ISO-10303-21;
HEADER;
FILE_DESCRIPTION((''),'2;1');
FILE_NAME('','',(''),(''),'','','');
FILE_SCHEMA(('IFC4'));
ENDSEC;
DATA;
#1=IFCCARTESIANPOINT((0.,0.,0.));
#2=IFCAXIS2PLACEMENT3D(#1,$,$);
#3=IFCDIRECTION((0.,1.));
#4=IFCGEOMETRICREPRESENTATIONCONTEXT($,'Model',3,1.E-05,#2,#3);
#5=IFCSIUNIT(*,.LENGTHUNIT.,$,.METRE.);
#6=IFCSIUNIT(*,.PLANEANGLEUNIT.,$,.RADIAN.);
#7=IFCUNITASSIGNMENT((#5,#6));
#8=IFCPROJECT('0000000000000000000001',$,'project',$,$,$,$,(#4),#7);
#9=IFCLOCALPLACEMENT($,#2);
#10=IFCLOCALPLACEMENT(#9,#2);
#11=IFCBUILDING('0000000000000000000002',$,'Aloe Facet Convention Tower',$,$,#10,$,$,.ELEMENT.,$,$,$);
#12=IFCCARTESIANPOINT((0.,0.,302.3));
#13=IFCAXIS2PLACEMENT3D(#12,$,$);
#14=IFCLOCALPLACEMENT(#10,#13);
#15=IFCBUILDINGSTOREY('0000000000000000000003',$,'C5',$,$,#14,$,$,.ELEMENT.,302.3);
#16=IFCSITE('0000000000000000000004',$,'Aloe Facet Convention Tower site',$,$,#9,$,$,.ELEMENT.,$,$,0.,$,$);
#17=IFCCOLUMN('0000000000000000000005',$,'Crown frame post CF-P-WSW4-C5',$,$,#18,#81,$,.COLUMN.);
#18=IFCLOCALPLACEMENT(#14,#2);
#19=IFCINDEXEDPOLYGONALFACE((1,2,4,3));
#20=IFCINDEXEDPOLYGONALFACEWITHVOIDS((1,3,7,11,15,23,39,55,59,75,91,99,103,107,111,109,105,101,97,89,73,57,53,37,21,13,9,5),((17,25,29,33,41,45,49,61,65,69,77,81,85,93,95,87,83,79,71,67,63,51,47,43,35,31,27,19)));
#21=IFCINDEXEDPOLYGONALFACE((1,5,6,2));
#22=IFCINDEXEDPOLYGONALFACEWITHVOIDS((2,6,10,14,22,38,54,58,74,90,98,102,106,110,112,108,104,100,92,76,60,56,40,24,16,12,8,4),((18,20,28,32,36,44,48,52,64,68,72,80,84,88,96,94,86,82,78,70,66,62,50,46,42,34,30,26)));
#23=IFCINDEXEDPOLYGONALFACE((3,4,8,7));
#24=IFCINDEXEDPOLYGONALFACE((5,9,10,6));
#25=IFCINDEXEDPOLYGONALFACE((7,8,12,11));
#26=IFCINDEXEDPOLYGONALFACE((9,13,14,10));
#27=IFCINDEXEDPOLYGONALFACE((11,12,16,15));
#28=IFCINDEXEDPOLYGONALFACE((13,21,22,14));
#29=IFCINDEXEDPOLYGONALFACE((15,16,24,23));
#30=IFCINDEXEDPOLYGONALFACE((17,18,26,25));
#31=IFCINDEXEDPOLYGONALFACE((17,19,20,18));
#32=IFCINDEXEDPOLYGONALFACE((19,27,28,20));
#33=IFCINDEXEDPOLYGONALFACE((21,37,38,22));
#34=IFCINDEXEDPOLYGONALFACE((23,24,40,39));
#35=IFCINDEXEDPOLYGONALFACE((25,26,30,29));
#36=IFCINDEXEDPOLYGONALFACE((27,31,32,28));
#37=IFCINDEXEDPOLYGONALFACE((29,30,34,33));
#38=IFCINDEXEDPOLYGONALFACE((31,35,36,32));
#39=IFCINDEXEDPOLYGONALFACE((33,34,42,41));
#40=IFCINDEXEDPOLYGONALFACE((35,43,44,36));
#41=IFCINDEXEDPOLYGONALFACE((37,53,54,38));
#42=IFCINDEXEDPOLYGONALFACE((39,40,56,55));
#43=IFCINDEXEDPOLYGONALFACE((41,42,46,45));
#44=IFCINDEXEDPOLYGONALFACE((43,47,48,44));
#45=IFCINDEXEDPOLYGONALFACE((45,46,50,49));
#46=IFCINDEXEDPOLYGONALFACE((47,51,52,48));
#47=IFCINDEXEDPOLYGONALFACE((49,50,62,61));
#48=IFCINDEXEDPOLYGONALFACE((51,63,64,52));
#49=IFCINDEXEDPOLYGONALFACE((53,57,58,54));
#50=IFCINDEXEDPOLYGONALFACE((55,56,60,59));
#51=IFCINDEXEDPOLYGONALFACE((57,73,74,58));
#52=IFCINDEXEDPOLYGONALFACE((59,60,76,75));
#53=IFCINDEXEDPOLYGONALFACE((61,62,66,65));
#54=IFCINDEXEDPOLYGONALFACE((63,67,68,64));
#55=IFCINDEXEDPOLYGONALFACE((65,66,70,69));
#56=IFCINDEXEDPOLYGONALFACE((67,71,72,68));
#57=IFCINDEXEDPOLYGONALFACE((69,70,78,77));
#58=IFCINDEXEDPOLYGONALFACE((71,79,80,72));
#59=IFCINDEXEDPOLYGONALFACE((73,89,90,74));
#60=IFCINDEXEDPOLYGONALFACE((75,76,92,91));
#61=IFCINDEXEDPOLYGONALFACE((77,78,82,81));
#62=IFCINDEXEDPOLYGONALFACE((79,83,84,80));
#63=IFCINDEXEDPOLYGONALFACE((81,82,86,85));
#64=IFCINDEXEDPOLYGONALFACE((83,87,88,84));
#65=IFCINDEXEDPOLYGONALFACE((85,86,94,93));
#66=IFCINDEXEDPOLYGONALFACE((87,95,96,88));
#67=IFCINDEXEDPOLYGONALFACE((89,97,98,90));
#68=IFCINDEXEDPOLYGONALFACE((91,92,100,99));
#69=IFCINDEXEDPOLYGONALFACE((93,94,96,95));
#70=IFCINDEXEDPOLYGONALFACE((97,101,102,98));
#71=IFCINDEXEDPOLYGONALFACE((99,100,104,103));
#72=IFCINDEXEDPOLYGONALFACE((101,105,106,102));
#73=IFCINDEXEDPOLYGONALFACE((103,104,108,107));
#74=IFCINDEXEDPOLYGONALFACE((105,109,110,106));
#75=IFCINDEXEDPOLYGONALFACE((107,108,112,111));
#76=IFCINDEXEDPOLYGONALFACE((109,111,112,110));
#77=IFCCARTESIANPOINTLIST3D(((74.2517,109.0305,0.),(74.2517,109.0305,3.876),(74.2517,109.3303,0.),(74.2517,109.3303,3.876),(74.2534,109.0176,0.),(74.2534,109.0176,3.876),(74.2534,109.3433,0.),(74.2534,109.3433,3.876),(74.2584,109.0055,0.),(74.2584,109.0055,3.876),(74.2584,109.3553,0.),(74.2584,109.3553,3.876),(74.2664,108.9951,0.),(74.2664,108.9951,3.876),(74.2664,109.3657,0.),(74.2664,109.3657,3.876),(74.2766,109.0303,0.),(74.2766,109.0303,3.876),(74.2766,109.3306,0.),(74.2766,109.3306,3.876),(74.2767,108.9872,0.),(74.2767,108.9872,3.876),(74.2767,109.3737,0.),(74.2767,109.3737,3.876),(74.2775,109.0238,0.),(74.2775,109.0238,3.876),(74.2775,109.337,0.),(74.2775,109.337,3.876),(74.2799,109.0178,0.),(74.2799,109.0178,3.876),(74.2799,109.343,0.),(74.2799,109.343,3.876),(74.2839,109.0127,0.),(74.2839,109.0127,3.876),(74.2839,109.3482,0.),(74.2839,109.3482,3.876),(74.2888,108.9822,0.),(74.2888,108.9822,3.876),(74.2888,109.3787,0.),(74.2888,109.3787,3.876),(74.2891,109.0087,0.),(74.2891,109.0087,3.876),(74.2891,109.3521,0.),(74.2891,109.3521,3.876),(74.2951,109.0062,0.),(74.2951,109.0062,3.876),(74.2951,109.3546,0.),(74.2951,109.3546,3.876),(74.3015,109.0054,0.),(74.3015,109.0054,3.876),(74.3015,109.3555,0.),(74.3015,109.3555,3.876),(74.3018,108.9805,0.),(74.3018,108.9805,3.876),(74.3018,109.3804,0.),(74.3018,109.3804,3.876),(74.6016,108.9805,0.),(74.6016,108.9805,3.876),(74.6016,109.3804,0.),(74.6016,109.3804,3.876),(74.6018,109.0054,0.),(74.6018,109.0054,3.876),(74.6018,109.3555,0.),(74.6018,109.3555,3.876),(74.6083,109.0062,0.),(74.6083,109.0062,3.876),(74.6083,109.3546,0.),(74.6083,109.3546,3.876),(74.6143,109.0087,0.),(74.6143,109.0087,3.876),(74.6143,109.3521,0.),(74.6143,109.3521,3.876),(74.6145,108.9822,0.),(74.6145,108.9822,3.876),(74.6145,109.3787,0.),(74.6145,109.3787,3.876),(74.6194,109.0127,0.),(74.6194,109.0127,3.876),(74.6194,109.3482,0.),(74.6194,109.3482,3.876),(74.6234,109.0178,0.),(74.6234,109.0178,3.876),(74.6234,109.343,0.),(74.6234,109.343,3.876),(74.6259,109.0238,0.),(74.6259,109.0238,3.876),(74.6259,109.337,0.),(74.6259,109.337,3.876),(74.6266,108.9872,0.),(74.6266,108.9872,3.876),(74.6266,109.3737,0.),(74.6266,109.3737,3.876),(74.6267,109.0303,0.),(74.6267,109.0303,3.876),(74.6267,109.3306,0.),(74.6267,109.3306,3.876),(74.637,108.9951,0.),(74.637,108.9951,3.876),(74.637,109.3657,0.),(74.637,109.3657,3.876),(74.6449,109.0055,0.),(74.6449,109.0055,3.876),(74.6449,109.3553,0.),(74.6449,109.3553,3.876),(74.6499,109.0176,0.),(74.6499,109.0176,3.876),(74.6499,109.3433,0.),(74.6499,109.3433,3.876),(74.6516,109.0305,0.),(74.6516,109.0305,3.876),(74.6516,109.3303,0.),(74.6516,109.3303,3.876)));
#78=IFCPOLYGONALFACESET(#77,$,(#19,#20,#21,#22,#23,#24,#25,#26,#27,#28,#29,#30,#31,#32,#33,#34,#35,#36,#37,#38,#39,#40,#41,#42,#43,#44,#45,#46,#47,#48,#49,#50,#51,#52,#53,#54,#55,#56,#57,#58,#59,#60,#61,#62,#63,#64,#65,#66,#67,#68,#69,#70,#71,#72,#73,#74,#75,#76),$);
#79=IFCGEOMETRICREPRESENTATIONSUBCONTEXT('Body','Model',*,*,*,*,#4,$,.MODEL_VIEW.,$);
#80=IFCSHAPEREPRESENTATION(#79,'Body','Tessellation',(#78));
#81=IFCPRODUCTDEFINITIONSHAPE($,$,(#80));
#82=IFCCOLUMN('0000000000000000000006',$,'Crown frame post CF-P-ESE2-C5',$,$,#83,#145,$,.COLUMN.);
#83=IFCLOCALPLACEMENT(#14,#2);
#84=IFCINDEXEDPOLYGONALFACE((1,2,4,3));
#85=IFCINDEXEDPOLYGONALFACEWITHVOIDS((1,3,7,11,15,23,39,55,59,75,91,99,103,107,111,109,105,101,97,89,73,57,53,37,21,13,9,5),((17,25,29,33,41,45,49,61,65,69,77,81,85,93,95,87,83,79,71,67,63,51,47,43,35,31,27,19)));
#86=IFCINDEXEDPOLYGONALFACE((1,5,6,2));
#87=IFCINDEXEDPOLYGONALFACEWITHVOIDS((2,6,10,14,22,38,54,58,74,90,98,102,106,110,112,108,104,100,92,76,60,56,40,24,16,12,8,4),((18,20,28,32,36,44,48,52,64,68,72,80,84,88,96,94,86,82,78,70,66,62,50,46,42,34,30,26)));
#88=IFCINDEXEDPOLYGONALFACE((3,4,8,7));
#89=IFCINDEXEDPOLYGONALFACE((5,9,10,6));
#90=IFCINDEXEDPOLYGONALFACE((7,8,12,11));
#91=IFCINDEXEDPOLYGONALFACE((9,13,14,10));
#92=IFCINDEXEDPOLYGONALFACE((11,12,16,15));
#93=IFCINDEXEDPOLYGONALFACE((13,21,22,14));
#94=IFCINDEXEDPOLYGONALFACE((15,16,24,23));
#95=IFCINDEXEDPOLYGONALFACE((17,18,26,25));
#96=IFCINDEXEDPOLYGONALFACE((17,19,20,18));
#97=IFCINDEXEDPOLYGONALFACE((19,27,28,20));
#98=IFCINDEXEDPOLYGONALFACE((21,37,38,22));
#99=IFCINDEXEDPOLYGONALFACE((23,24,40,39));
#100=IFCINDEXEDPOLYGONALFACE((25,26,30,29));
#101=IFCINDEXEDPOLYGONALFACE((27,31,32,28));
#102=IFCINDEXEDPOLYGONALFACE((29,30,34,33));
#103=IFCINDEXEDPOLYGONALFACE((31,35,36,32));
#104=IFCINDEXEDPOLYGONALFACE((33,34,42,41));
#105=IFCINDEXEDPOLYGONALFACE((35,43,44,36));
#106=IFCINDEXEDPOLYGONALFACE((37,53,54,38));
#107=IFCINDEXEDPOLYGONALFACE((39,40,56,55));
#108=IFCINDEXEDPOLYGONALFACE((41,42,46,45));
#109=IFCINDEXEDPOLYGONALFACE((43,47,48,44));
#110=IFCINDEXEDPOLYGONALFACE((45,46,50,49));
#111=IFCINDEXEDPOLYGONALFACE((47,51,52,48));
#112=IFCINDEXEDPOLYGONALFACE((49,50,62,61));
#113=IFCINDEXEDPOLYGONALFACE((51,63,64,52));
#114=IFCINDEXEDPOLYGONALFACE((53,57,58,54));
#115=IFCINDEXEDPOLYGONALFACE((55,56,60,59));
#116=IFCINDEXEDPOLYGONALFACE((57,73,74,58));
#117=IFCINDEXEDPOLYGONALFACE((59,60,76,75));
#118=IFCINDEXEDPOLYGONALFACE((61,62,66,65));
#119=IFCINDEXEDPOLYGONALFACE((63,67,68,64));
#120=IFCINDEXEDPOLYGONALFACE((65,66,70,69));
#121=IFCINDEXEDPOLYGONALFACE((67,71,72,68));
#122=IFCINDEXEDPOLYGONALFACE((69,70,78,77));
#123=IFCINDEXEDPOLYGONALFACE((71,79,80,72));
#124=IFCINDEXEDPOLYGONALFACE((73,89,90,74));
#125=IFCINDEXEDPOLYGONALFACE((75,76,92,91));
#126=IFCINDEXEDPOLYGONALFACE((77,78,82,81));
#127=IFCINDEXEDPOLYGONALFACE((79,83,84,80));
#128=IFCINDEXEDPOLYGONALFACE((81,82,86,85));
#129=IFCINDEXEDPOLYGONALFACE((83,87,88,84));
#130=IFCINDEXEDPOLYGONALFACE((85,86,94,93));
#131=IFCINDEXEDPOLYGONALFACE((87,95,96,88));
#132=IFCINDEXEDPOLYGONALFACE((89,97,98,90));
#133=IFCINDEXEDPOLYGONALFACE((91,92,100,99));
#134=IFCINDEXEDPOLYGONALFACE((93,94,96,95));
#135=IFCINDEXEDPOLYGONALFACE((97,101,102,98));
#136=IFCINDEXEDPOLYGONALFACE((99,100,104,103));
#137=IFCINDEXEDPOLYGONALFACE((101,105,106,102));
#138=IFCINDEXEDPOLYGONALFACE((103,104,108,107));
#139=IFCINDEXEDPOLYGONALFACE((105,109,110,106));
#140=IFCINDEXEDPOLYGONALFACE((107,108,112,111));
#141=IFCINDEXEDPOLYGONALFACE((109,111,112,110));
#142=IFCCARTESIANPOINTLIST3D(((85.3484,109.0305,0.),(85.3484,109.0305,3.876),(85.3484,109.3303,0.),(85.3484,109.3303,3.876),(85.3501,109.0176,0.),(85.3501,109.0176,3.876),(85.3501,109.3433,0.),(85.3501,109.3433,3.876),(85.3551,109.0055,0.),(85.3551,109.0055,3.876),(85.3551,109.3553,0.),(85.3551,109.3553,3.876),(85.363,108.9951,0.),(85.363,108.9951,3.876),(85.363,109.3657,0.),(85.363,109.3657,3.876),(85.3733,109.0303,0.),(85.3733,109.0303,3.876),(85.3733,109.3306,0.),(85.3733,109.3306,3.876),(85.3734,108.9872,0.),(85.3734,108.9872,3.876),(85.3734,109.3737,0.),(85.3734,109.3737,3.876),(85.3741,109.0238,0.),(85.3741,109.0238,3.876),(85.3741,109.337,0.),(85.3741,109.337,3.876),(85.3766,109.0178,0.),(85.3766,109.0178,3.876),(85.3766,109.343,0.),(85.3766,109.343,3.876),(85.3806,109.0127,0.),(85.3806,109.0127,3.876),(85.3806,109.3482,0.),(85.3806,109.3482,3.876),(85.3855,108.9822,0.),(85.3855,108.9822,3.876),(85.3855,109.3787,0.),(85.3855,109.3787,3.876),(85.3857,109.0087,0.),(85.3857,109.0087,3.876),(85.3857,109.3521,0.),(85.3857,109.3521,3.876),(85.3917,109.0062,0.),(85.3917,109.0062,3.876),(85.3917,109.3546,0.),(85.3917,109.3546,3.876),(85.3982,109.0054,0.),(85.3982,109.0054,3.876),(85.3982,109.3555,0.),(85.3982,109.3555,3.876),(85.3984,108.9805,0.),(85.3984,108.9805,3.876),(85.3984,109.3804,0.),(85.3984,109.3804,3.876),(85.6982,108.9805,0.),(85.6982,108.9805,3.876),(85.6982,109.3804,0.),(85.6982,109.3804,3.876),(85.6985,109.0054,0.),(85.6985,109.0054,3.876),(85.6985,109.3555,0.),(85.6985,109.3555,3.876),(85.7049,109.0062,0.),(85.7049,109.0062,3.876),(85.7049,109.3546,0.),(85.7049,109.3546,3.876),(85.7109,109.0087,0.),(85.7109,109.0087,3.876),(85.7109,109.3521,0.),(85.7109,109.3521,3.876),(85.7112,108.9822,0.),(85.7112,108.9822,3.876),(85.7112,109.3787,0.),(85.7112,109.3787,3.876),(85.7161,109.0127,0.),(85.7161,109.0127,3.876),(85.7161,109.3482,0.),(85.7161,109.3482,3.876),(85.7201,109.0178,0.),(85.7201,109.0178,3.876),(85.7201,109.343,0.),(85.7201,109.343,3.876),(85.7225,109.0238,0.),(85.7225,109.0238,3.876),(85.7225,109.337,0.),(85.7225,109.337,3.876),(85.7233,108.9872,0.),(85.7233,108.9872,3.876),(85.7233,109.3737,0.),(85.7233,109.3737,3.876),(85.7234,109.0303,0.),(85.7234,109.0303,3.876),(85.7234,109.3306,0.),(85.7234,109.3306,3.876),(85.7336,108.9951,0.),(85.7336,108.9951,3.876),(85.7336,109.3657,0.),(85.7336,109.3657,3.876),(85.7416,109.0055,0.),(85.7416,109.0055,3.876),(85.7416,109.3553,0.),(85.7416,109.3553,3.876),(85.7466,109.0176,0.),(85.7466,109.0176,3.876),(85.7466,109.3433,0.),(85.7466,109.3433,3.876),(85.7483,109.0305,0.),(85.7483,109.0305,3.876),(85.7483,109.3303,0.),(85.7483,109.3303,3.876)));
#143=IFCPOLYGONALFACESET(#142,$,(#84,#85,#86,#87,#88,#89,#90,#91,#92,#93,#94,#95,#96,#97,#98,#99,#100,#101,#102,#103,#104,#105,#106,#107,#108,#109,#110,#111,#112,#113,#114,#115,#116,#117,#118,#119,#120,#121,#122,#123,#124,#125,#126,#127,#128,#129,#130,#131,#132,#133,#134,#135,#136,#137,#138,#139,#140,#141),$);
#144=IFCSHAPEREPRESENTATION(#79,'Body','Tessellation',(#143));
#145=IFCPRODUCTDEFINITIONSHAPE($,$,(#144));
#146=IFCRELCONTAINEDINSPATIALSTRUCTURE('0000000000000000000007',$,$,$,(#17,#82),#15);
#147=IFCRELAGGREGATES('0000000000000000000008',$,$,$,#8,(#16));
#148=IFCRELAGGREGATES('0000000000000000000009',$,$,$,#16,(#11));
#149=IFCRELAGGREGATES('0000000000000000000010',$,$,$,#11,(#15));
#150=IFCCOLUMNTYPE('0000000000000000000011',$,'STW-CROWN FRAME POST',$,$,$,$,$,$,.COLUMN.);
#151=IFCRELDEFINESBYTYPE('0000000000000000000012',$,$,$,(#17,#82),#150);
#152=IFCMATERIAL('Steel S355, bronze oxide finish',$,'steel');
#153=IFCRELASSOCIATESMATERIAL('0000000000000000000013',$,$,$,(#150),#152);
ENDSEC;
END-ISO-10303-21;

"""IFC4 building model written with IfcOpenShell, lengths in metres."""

from ifc_helpers import new_model, si_unit, direction, frame, origin, origin_2d, place, context, subcontext, project, spatial, hollow_rectangle, extrude, material, material_profile, profile_set, type_object, element, save


model = new_model("IFC4")

# Units and contexts
model_context = context("Model", 3, precision=1e-05, world=origin(), true_north=direction((0.0, 1.0)))
body_context = subcontext(model_context, "Body", "Model", "MODEL_VIEW")
ifc_project = project(units=[si_unit("LENGTHUNIT", "METRE"), si_unit("PLANEANGLEUNIT", "RADIAN")], contexts=[model_context])

# Site, building, storey
site_placement = place(None, origin())
site = spatial("IfcSite", under=ifc_project, at=site_placement, Name="Aloe Facet Convention Tower site", CompositionType="ELEMENT", RefElevation=0.0)
building_placement = place(site_placement, origin())
building = spatial("IfcBuilding", under=site, at=building_placement, Name="Aloe Facet Convention Tower", CompositionType="ELEMENT")
storey_placement = place(building_placement, frame((0.0, 0.0, 302.3)))
storey = spatial("IfcBuildingStorey", under=building, at=storey_placement, Name="C5", CompositionType="ELEMENT", Elevation=302.3)

# Columns
ifc_material_1 = material(Name="Steel S355, bronze oxide finish", Category="steel")
ifc_material_profile_1 = material_profile(ifc_material_1, hollow_rectangle(XDim=0.3999, YDim=0.3999, WallThickness=0.0249, InnerFilletRadius=0.0249, OuterFilletRadius=0.05, at=origin_2d()), Name="SHS 400x400x25")
ifc_profile_set_1 = profile_set([ifc_material_profile_1], Name="Steel S355, bronze oxide finish")
column_type = type_object("IfcColumnType", Name="STW-CROWN FRAME POST", PredefinedType="COLUMN", material=ifc_profile_set_1)
for number, where, z_axis, x_axis, name in (
    (1, (74.4517, 109.1804, 0.0), (0.0, 0.0, 1.0), (1.0, 0.0, 0.0), "Crown frame post CF-P-WSW4-C5"),
    (2, (85.5483, 109.1804, 0.0), (0.0, 0.0, 1.0), (1.0, 0.0, 0.0), "Crown frame post CF-P-ESE2-C5"),
):
    element("IfcColumn", number, at=place(storey_placement, frame(where, z_axis=z_axis, x_axis=x_axis)), inside=storey, type_object=column_type, Name=name, PredefinedType="COLUMN", context=body_context, shape_type="SweptSolid", body=[
        extrude(hollow_rectangle(XDim=0.3999, YDim=0.3999, WallThickness=0.0249, InnerFilletRadius=0.0249, OuterFilletRadius=0.05, at=origin_2d()), origin(), (0.0, 0.0, 1.0), 3.876),
    ])

save(model, "model.ifc")
